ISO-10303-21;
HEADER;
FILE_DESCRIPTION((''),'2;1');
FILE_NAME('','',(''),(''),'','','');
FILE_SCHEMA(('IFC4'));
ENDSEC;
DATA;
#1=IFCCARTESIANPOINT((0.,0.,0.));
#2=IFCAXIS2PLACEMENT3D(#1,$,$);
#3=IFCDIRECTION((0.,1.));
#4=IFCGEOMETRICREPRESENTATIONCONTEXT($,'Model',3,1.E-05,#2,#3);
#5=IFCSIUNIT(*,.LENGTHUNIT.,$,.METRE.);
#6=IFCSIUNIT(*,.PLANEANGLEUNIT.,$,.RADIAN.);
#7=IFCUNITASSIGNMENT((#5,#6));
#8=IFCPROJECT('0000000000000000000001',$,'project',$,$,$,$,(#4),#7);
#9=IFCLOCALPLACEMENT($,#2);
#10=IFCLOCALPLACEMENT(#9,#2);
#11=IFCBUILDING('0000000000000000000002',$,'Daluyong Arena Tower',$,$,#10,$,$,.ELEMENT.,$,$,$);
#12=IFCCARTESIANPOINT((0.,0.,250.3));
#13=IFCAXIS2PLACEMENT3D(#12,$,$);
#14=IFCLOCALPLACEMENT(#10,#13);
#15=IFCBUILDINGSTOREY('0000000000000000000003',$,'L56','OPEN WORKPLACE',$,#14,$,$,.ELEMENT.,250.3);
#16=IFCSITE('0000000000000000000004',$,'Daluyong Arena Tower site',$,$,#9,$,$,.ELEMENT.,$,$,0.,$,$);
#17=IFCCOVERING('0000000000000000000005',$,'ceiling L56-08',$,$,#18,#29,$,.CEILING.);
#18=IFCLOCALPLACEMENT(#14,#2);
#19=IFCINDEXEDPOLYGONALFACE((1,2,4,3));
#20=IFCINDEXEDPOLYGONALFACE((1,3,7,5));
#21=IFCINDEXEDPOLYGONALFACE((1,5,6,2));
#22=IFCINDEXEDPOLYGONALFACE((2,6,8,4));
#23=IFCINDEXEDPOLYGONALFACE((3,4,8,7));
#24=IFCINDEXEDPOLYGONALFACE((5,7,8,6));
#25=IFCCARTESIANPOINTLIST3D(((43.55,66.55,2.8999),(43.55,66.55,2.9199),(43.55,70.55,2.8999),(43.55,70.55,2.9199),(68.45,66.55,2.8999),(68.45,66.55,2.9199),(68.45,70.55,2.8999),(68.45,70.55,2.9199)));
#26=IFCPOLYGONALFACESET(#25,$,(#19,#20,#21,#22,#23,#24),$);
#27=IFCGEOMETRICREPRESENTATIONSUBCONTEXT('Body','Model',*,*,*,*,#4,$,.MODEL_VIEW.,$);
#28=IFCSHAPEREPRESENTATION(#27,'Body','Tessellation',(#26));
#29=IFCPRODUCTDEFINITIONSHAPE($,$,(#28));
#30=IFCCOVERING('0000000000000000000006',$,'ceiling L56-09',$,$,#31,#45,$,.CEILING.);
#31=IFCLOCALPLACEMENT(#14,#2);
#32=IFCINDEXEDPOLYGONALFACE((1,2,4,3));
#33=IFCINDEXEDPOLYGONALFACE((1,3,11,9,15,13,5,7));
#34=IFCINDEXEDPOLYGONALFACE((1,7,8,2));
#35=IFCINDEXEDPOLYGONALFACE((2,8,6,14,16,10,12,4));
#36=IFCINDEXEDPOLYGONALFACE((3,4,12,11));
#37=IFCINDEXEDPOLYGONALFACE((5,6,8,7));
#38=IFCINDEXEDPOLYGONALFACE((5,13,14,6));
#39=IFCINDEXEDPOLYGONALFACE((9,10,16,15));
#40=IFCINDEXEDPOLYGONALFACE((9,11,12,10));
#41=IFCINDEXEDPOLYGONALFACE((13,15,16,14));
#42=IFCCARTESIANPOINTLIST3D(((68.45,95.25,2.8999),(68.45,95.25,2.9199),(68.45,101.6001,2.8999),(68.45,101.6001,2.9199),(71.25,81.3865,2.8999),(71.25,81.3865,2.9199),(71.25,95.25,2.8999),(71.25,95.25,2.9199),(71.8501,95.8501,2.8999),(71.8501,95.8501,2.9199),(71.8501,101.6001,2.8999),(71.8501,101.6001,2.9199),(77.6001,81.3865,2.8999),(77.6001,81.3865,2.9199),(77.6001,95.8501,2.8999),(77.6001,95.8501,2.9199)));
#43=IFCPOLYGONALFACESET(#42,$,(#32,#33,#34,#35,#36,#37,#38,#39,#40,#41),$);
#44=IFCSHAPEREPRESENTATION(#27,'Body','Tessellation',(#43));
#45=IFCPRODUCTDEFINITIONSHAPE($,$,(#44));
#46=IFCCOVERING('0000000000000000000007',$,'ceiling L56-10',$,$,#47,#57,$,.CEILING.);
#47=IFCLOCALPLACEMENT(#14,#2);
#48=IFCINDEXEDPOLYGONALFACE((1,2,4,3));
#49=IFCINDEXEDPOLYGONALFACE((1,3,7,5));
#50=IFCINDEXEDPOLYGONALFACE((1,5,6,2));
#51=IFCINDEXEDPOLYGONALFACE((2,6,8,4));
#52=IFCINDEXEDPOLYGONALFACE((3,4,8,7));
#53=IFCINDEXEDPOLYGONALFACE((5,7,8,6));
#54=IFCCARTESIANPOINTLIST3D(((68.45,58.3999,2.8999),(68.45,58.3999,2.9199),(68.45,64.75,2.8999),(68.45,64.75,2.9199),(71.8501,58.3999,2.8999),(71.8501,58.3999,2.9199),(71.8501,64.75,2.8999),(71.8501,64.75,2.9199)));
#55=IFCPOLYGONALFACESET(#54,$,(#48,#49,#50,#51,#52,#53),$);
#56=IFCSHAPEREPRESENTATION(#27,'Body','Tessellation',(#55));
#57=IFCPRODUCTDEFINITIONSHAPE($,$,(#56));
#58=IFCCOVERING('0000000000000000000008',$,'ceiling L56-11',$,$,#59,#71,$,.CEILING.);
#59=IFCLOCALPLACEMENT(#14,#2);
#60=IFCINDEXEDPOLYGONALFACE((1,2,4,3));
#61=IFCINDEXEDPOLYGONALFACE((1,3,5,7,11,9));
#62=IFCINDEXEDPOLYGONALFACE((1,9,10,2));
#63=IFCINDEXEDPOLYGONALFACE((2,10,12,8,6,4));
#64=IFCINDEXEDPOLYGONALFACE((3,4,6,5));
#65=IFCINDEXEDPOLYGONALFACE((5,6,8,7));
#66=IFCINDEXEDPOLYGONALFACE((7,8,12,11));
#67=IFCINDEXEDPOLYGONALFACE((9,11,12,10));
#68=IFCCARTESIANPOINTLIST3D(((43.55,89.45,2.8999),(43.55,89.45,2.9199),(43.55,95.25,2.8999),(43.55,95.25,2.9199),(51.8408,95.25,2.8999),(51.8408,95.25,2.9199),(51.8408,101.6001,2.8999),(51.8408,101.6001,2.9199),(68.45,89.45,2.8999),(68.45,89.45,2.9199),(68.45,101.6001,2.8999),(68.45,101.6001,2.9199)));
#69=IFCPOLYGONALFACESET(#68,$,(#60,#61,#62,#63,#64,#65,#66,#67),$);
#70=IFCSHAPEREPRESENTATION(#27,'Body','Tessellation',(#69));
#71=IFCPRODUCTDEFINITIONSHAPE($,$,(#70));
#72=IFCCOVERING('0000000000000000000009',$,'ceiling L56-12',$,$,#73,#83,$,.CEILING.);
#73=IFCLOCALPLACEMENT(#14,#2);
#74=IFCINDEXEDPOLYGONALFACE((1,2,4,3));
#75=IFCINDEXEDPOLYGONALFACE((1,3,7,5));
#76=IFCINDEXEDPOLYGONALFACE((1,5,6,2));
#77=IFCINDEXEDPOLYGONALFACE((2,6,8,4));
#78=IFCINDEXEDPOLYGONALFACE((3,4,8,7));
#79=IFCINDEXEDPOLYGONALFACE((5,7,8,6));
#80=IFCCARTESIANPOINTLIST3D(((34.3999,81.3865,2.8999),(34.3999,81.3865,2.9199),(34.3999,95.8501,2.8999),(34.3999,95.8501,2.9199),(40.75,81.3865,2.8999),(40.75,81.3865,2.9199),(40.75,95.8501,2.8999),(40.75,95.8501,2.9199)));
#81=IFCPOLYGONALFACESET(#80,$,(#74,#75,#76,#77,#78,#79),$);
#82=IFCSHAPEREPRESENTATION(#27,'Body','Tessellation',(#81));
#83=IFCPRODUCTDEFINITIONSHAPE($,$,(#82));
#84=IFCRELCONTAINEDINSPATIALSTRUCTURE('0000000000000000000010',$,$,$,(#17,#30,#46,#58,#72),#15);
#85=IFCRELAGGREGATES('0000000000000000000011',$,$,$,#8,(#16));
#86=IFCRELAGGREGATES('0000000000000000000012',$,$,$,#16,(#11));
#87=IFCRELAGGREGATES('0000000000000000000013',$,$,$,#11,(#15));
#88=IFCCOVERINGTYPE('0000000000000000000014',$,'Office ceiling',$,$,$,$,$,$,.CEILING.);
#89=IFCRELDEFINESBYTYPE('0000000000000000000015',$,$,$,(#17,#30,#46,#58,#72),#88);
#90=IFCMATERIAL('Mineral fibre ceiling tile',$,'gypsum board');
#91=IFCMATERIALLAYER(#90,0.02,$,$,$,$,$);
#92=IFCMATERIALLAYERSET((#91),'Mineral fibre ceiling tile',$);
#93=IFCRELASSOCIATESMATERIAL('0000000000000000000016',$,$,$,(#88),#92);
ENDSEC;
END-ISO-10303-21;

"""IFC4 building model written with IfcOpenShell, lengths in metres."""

from ifc_helpers import new_model, si_unit, direction, frame, origin, place, context, subcontext, project, spatial, polyline, outline, extrude, material, layer, layer_set, type_object, element, save


model = new_model("IFC4")

# Units and contexts
model_context = context("Model", 3, precision=1e-05, world=origin(), true_north=direction((0.0, 1.0)))
body_context = subcontext(model_context, "Body", "Model", "MODEL_VIEW")
ifc_project = project(units=[si_unit("LENGTHUNIT", "METRE"), si_unit("PLANEANGLEUNIT", "RADIAN")], contexts=[model_context])

# Site, building, storey
site_placement = place(None, origin())
site = spatial("IfcSite", under=ifc_project, at=site_placement, Name="Daluyong Arena Tower site", CompositionType="ELEMENT", RefElevation=0.0)
building_placement = place(site_placement, origin())
building = spatial("IfcBuilding", under=site, at=building_placement, Name="Daluyong Arena Tower", CompositionType="ELEMENT")
storey_placement = place(building_placement, frame((0.0, 0.0, 250.3)))
storey = spatial("IfcBuildingStorey", under=building, at=storey_placement, Name="L56", Description="OPEN WORKPLACE", CompositionType="ELEMENT", Elevation=250.3)

# Coverings
ifc_material_1 = material(Name="Mineral fibre ceiling tile", Category="gypsum board")
ifc_layer_1 = layer(ifc_material_1, 0.02)
ifc_layer_set_1 = layer_set([ifc_layer_1], Name="Mineral fibre ceiling tile")
covering_type = type_object("IfcCoveringType", Name="Office ceiling", PredefinedType="CEILING", material=ifc_layer_set_1)
covering_1_placement = place(storey_placement, frame((0.0, 0.0, 2.8999)))
element("IfcCovering", 1, at=covering_1_placement, inside=storey, type_object=covering_type, Name="ceiling L56-08", PredefinedType="CEILING", context=body_context, shape_type="SweptSolid", body=[
    extrude(outline(polyline([(68.45, 66.55), (68.45, 70.55), (43.55, 70.55), (43.55, 66.55), (68.45, 66.55)])), origin(), (0.0, 0.0, 1.0), 0.02),
])
covering_2_placement = place(storey_placement, frame((0.0, 0.0, 2.8999)))
element("IfcCovering", 2, at=covering_2_placement, inside=storey, type_object=covering_type, Name="ceiling L56-09", PredefinedType="CEILING", context=body_context, shape_type="SweptSolid", body=[
    extrude(outline(polyline([(71.8501, 101.6001), (68.45, 101.6001), (68.45, 95.25), (71.25, 95.25), (71.25, 81.3865), (77.6001, 81.3865), (77.6001, 95.8501), (71.8501, 95.8501), (71.8501, 101.6001)])), origin(), (0.0, 0.0, 1.0), 0.02),
])
covering_3_placement = place(storey_placement, frame((0.0, 0.0, 2.8999)))
element("IfcCovering", 3, at=covering_3_placement, inside=storey, type_object=covering_type, Name="ceiling L56-10", PredefinedType="CEILING", context=body_context, shape_type="SweptSolid", body=[
    extrude(outline(polyline([(71.8501, 64.75), (68.45, 64.75), (68.45, 58.3999), (71.8501, 58.3999), (71.8501, 64.75)])), origin(), (0.0, 0.0, 1.0), 0.02),
])
covering_4_placement = place(storey_placement, frame((0.0, 0.0, 2.8999)))
element("IfcCovering", 4, at=covering_4_placement, inside=storey, type_object=covering_type, Name="ceiling L56-11", PredefinedType="CEILING", context=body_context, shape_type="SweptSolid", body=[
    extrude(outline(polyline([(51.8408, 101.6001), (51.8408, 95.25), (43.55, 95.25), (43.55, 89.45), (68.45, 89.45), (68.45, 101.6001), (51.8408, 101.6001)])), origin(), (0.0, 0.0, 1.0), 0.02),
])
covering_5_placement = place(storey_placement, frame((0.0, 0.0, 2.8999)))
element("IfcCovering", 5, at=covering_5_placement, inside=storey, type_object=covering_type, Name="ceiling L56-12", PredefinedType="CEILING", context=body_context, shape_type="SweptSolid", body=[
    extrude(outline(polyline([(40.75, 95.8501), (34.3999, 95.8501), (34.3999, 81.3865), (40.75, 81.3865), (40.75, 95.8501)])), origin(), (0.0, 0.0, 1.0), 0.02),
])

save(model, "model.ifc")
